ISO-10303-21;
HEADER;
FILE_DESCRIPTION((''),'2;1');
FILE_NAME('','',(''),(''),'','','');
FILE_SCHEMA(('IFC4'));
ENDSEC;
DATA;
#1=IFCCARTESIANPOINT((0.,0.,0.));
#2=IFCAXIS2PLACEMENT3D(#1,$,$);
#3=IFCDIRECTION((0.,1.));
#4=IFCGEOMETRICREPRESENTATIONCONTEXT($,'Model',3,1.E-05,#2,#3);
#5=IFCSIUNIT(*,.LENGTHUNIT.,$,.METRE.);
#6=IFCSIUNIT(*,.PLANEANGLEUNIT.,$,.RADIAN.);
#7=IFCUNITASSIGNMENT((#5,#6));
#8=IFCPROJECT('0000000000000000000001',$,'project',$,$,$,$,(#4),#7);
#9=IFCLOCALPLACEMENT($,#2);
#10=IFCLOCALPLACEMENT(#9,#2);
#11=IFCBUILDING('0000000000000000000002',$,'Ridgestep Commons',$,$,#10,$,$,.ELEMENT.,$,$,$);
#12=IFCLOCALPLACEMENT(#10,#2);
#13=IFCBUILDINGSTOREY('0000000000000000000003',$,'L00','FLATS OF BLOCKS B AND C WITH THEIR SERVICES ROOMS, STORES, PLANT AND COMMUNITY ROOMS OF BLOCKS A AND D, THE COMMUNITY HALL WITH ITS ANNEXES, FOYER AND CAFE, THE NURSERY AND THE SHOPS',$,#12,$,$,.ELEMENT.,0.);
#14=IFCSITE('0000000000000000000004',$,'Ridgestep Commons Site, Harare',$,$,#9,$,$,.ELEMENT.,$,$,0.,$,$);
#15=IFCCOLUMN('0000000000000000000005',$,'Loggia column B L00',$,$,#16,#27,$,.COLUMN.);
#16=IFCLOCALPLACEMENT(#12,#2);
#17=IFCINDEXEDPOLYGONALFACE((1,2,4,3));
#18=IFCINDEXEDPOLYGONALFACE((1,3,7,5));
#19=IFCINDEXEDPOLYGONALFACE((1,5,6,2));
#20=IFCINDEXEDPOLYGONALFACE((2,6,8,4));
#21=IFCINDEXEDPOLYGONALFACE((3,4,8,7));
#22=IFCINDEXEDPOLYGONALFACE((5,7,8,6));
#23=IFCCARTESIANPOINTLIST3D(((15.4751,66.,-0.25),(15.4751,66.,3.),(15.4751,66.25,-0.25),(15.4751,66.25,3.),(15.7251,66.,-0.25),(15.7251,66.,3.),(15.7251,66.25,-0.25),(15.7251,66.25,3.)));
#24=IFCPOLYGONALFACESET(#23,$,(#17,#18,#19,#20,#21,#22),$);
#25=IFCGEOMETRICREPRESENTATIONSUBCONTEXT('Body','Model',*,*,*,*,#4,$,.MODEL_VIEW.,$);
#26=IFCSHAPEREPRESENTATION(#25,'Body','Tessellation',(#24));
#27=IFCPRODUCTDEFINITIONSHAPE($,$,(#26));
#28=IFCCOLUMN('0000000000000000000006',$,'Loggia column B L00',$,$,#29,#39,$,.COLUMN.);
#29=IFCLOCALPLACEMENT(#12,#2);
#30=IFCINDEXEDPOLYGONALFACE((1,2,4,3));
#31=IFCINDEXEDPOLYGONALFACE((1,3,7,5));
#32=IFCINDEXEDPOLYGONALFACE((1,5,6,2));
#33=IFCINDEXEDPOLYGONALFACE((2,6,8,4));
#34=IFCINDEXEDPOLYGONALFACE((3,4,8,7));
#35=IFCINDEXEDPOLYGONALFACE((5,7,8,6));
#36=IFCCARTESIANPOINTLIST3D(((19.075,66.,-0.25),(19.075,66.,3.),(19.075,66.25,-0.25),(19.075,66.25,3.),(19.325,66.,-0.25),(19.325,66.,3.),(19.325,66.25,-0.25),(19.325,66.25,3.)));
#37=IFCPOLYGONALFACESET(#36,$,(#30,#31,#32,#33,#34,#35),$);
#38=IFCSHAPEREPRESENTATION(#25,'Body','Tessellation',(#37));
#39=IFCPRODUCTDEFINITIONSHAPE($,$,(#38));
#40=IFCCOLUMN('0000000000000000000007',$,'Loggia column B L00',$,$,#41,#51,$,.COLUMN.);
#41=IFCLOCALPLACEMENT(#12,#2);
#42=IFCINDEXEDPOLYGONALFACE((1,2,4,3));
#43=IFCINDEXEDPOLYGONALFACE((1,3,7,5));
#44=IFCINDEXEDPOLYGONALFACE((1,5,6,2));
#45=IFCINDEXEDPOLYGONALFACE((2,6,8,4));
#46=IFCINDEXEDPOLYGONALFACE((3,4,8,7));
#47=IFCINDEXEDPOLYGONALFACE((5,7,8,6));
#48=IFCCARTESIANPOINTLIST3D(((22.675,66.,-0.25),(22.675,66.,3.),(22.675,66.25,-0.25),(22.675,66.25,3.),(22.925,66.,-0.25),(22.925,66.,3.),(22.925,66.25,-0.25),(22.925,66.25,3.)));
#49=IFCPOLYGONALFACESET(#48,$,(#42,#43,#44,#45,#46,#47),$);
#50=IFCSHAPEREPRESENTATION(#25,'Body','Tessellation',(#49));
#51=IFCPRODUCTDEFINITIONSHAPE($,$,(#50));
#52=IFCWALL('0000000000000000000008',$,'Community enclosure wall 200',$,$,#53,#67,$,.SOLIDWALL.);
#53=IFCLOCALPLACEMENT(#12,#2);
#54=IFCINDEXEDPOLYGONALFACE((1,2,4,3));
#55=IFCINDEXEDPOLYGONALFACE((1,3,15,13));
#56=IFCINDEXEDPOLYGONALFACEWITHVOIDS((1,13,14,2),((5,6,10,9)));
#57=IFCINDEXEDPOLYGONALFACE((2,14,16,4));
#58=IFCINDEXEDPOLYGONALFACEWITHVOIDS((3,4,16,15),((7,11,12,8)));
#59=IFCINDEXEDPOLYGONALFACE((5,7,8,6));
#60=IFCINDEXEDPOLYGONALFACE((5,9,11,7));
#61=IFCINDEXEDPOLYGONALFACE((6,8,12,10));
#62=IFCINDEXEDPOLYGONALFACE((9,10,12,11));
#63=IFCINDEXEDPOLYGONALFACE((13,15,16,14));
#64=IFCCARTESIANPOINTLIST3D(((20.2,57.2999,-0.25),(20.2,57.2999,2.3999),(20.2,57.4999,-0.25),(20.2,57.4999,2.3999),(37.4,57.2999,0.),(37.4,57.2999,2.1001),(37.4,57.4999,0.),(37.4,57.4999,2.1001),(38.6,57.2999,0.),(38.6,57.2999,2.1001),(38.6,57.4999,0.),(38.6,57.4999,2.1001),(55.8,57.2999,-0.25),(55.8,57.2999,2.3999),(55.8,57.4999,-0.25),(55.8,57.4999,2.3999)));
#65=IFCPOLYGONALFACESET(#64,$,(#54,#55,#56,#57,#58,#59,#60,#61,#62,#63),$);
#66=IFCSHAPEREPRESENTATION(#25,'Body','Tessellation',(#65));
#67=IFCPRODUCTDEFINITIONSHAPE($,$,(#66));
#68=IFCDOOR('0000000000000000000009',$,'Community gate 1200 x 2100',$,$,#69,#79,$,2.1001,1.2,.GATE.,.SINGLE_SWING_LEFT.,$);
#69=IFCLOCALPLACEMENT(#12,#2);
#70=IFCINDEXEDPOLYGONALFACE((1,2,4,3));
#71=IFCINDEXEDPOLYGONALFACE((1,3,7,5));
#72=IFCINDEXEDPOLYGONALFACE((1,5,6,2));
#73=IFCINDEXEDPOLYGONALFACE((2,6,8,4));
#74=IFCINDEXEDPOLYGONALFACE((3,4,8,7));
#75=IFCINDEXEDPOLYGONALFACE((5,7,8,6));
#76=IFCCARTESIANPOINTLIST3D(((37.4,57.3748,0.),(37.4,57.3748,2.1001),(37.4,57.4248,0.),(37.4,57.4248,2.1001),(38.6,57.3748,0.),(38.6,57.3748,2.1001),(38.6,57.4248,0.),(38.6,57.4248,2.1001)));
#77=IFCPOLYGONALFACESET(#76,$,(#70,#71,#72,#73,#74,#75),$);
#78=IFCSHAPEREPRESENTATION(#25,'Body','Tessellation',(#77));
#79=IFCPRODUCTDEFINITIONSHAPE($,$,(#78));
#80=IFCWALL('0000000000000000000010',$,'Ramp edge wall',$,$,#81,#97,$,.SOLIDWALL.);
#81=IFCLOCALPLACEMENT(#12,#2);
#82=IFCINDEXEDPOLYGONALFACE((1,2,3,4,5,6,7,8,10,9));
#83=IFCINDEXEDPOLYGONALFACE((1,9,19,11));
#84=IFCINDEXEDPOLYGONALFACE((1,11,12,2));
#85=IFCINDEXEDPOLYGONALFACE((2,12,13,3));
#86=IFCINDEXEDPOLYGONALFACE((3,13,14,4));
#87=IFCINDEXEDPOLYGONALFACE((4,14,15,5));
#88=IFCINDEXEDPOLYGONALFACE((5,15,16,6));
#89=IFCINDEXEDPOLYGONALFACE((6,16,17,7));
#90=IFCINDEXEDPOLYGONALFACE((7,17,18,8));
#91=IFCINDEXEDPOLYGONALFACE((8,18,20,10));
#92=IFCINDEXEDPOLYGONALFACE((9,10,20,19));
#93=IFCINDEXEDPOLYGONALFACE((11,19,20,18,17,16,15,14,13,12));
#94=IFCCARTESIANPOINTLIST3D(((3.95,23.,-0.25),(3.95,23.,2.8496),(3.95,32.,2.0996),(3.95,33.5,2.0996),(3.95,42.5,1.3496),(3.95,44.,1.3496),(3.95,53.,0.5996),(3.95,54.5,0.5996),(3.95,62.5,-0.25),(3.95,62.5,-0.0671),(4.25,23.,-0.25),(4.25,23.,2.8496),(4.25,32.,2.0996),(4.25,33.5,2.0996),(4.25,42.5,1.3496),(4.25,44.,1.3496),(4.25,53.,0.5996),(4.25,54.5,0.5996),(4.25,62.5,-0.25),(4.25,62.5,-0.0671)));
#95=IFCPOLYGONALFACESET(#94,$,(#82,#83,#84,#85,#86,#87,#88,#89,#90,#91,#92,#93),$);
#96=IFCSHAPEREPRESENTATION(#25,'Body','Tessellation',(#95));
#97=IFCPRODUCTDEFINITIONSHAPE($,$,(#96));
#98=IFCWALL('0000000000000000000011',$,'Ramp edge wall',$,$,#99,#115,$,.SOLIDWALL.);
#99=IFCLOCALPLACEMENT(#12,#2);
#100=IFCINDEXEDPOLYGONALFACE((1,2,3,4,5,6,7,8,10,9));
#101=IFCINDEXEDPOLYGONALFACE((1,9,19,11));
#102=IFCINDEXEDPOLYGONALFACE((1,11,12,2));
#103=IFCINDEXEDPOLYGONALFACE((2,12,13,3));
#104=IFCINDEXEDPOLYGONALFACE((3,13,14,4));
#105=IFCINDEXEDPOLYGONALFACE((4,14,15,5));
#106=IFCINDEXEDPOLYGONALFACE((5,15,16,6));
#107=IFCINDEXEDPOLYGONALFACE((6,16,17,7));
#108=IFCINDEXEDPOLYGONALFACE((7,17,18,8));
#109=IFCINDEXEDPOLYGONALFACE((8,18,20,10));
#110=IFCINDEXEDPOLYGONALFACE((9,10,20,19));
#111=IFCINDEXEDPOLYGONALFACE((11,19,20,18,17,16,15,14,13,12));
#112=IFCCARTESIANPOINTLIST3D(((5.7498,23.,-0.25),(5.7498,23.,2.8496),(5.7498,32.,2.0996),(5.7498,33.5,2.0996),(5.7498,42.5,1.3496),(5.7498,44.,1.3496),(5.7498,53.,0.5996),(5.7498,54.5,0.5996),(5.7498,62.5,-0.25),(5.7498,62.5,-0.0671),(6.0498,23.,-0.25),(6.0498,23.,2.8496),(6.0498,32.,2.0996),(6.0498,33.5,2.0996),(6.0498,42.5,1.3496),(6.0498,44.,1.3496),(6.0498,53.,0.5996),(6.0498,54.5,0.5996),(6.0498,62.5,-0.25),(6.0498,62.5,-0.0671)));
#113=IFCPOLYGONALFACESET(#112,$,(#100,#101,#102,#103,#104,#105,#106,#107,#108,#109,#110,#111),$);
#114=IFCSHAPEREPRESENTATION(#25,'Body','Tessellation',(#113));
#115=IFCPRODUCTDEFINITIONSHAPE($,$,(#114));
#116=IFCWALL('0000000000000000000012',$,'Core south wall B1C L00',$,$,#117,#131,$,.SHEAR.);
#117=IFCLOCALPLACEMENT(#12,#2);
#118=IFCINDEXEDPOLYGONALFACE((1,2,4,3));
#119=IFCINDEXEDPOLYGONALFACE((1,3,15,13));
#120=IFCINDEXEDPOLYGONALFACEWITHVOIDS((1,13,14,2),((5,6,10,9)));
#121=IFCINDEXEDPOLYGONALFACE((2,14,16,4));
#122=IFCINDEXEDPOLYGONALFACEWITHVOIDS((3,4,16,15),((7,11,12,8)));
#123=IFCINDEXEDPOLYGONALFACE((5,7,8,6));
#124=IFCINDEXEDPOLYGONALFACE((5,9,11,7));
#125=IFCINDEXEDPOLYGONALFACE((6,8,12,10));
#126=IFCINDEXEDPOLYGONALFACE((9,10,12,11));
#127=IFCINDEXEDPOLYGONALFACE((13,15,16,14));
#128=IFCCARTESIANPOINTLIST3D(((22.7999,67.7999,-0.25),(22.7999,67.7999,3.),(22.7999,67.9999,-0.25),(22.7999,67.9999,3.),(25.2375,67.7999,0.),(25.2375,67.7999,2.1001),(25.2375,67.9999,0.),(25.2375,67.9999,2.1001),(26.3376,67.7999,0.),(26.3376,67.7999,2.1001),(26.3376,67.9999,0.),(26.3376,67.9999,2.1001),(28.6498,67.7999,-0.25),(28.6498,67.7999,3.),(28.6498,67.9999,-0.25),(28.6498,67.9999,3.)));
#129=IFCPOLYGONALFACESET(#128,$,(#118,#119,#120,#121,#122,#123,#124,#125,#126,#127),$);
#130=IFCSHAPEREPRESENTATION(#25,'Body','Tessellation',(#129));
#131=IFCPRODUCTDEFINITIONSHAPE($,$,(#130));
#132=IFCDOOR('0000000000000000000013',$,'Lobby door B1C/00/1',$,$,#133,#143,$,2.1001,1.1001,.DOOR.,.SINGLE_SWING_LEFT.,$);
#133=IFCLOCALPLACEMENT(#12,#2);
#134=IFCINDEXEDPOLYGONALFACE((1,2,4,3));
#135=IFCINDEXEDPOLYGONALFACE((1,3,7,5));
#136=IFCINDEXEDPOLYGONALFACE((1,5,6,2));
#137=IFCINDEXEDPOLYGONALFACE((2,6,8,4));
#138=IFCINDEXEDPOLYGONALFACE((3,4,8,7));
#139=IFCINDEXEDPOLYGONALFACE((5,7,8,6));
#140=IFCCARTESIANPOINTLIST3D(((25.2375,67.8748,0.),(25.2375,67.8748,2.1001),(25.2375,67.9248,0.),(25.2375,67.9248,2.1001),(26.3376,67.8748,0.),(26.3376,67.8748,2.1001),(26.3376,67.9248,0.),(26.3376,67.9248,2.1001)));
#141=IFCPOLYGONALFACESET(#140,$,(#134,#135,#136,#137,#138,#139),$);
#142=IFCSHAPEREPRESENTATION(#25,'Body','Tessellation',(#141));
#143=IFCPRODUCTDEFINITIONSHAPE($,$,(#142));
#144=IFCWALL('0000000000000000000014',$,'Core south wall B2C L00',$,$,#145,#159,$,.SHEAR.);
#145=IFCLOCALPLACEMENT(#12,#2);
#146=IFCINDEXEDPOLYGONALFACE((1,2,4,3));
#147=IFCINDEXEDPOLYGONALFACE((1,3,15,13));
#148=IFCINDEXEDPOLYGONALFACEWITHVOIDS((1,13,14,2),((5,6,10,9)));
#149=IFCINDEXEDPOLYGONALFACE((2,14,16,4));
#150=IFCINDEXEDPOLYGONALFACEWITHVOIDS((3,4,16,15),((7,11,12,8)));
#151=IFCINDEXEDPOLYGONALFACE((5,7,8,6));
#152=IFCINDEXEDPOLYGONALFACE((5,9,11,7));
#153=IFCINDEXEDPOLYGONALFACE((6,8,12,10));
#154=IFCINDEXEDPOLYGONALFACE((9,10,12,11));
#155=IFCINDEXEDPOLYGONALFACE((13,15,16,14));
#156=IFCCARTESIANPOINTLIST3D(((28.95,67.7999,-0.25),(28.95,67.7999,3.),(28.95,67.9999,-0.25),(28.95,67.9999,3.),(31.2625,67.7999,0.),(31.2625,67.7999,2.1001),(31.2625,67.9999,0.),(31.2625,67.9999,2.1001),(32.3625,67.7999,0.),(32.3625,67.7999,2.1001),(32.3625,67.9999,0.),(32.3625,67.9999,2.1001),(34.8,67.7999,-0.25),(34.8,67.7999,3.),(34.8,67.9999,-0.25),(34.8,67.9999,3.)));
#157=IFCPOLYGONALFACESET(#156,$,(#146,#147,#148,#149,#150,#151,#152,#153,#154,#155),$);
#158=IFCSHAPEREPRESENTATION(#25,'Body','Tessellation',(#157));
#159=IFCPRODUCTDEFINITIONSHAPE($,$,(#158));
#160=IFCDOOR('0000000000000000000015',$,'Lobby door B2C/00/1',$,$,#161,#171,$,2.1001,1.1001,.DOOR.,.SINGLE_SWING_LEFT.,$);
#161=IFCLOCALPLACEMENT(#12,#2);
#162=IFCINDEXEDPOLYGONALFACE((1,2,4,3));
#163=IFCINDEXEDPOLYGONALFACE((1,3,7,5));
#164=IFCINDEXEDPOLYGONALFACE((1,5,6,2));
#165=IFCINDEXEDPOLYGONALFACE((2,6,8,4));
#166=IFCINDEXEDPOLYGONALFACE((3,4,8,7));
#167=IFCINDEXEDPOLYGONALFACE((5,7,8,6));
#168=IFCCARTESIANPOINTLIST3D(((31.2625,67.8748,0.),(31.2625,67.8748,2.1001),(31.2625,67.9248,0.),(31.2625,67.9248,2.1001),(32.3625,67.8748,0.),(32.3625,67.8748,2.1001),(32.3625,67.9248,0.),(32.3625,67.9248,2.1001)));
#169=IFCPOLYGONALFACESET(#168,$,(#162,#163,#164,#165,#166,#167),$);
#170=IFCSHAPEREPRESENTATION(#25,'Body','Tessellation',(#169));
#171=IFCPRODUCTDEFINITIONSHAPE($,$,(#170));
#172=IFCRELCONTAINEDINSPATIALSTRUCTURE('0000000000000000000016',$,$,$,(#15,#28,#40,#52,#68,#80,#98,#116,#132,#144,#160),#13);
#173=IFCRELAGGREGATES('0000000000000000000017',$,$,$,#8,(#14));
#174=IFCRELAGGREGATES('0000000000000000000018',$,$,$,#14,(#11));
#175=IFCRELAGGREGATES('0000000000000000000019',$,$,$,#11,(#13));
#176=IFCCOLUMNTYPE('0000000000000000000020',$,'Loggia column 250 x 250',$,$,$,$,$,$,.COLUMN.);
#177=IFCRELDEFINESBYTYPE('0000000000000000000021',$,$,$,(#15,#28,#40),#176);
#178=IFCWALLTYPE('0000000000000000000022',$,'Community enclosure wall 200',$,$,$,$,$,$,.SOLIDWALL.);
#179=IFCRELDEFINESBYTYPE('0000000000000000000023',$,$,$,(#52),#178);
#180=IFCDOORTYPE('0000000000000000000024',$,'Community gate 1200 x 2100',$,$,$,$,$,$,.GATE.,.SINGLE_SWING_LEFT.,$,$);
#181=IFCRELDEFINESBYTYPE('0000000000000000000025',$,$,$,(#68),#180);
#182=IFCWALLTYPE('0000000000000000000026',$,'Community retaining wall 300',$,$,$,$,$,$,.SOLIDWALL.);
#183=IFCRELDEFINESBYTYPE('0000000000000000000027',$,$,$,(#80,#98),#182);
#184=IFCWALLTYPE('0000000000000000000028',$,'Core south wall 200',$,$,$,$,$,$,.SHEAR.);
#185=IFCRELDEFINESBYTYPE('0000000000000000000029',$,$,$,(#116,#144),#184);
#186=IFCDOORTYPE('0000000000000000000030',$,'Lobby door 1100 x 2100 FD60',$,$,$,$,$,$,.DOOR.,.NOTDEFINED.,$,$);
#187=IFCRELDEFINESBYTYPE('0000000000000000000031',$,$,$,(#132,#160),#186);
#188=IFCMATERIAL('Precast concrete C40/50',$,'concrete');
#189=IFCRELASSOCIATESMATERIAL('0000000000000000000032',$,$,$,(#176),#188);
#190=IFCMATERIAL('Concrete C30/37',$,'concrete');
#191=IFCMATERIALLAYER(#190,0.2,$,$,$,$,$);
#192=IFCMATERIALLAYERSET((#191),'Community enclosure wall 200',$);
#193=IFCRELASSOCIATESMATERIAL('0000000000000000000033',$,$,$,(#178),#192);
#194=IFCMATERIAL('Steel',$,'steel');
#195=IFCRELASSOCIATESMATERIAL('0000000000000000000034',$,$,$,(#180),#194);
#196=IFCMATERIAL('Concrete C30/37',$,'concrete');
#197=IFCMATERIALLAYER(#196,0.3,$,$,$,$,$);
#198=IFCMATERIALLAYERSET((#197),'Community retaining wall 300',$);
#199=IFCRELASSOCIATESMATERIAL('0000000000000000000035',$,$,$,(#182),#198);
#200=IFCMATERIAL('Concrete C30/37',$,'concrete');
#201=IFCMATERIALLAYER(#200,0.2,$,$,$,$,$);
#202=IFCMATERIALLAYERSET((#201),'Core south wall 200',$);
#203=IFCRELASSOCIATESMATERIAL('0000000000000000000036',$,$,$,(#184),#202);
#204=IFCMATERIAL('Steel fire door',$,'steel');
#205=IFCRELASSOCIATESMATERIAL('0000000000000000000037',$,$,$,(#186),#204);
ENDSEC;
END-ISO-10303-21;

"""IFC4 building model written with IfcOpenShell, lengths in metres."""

from ifc_helpers import new_model, si_unit, direction, frame, frame_2d, origin, origin_2d, place, context, subcontext, project, spatial, polyline, rectangle, outline, extrude, material, layer, layer_set, material_profile, profile_set, type_object, element, fill, save


model = new_model("IFC4")

# Units and contexts
model_context = context("Model", 3, precision=1e-05, world=origin(), true_north=direction((0.0, 1.0)))
body_context = subcontext(model_context, "Body", "Model", "MODEL_VIEW")
ifc_project = project(units=[si_unit("LENGTHUNIT", "METRE"), si_unit("PLANEANGLEUNIT", "RADIAN")], contexts=[model_context])

# Site, building, storey
site_placement = place(None, origin())
site = spatial("IfcSite", under=ifc_project, at=site_placement, Name="Ridgestep Commons Site, Harare", CompositionType="ELEMENT", RefElevation=0.0)
building_placement = place(site_placement, origin())
building = spatial("IfcBuilding", under=site, at=building_placement, Name="Ridgestep Commons", CompositionType="ELEMENT")
storey_placement = place(building_placement, origin())
storey = spatial("IfcBuildingStorey", under=building, at=storey_placement, Name="L00", Description="FLATS OF BLOCKS B AND C WITH THEIR SERVICES ROOMS, STORES, PLANT AND COMMUNITY ROOMS OF BLOCKS A AND D, THE COMMUNITY HALL WITH ITS ANNEXES, FOYER AND CAFE, THE NURSERY AND THE SHOPS", CompositionType="ELEMENT", Elevation=0.0)

# Columns
ifc_material_1 = material(Name="Precast concrete C40/50", Category="concrete")
ifc_material_profile = material_profile(ifc_material_1, rectangle(XDim=0.25, YDim=0.25, at=origin_2d()), Name="PC 250x250")
ifc_profile_set = profile_set([ifc_material_profile], Name="Precast concrete C40/50")
column_type = type_object("IfcColumnType", Name="Loggia column 250 x 250", PredefinedType="COLUMN", material=ifc_profile_set)
for number, where, z_axis, x_axis, name in (
    (1, (15.6001, 66.125, -0.25), (0.0, 0.0, 1.0), (1.0, 0.0, 0.0), "Loggia column B L00"),
    (2, (19.2, 66.125, -0.25), (0.0, 0.0, 1.0), (1.0, 0.0, 0.0), "Loggia column B L00"),
    (3, (22.8, 66.125, -0.25), (0.0, 0.0, 1.0), (1.0, 0.0, 0.0), "Loggia column B L00"),
):
    element("IfcColumn", number, at=place(storey_placement, frame(where, z_axis=z_axis, x_axis=x_axis)), inside=storey, type_object=column_type, Name=name, PredefinedType="COLUMN", context=body_context, shape_type="SweptSolid", body=[
        extrude(rectangle(XDim=0.25, YDim=0.25, at=origin_2d()), origin(), (0.0, 0.0, 1.0), 3.25),
    ])

# Wall, opening, door
ifc_material_2 = material(Name="Concrete C30/37", Category="concrete")
ifc_layer_1 = layer(ifc_material_2, 0.2)
ifc_layer_set_1 = layer_set([ifc_layer_1], Name="Community enclosure wall 200")
wall_type_1 = type_object("IfcWallType", Name="Community enclosure wall 200", PredefinedType="SOLIDWALL", material=ifc_layer_set_1)
wall_1_placement = place(storey_placement, frame((20.2, 57.3999, -0.25), z_axis=(0.0, 0.0, 1.0), x_axis=(1.0, 0.0, 0.0)))
wall_1 = element("IfcWall", 4, at=wall_1_placement, inside=storey, type_object=wall_type_1, Name="Community enclosure wall 200", PredefinedType="SOLIDWALL", context=body_context, shape_type="SweptSolid", body=[
    extrude(rectangle(XDim=35.6001, YDim=0.2, at=frame_2d((17.8, 0.0))), origin(), (0.0, 0.0, 1.0), 2.6499),
])
opening_1_placement = place(wall_1_placement, frame((17.2, 0.0, 0.25)))
opening_1 = element("IfcOpeningElement", 5, at=opening_1_placement, cuts=wall_1, PredefinedType="OPENING", context=body_context, shape_type="SweptSolid", body=[
    extrude(rectangle(XDim=1.2, YDim=2.1001, at=frame_2d((0.6001, 1.05))), frame((0.0, 0.1099, 0.0), z_axis=(0.0, -1.0, 0.0), x_axis=(1.0, 0.0, 0.0)), (0.0, 0.0, 1.0), 0.22),
])
ifc_material_3 = material(Name="Steel", Category="steel")
door_type_1 = type_object("IfcDoorType", Name="Community gate 1200 x 2100", OperationType="SINGLE_SWING_LEFT", PredefinedType="GATE", material=ifc_material_3)
door_1_placement = place(opening_1_placement, origin())
door_1 = element("IfcDoor", 6, at=door_1_placement, inside=storey, type_object=door_type_1, Name="Community gate 1200 x 2100", OperationType="SINGLE_SWING_LEFT", OverallHeight=2.1001, OverallWidth=1.2, PredefinedType="GATE", context=body_context, shape_type="SweptSolid", body=[
    extrude(rectangle(XDim=1.2, YDim=2.1001, at=frame_2d((0.6001, 1.05))), frame((0.0, 0.0249, 0.0), z_axis=(0.0, -1.0, 0.0), x_axis=(1.0, 0.0, 0.0)), (0.0, 0.0, 1.0), 0.05),
])
fill(opening_1, door_1)

# Walls
ifc_material_4 = material(Name="Concrete C30/37", Category="concrete")
ifc_layer_2 = layer(ifc_material_4, 0.3)
ifc_layer_set_2 = layer_set([ifc_layer_2], Name="Community retaining wall 300")
wall_type_2 = type_object("IfcWallType", Name="Community retaining wall 300", PredefinedType="SOLIDWALL", material=ifc_layer_set_2)
for number, where, z_axis, x_axis, name in (
    (7, (4.1001, 62.5, -0.25), (0.0, 0.0, 1.0), (0.0, -1.0, 0.0), "Ramp edge wall"),
    (8, (5.8999, 62.5, -0.25), (0.0, 0.0, 1.0), (0.0, -1.0, 0.0), "Ramp edge wall"),
):
    element("IfcWall", number, at=place(storey_placement, frame(where, z_axis=z_axis, x_axis=x_axis)), inside=storey, type_object=wall_type_2, Name=name, PredefinedType="SOLIDWALL", context=body_context, shape_type="SweptSolid", body=[
        extrude(outline(polyline([(0.0, 0.0), (39.5, 0.0), (39.5, 3.0996), (30.5, 2.3496), (29.0, 2.3496), (20.0, 1.5996), (18.5, 1.5996), (9.5, 0.8496), (8.0, 0.8496), (0.0, 0.1829), (0.0, 0.0)])), frame((0.0, 0.1499, 0.0), z_axis=(0.0, -1.0, 0.0), x_axis=(1.0, 0.0, 0.0)), (0.0, 0.0, 1.0), 0.3),
    ])

# Walls, openings, doors
ifc_material_5 = material(Name="Concrete C30/37", Category="concrete")
ifc_layer_3 = layer(ifc_material_5, 0.2)
ifc_layer_set_3 = layer_set([ifc_layer_3], Name="Core south wall 200")
wall_type_3 = type_object("IfcWallType", Name="Core south wall 200", PredefinedType="SHEAR", material=ifc_layer_set_3)
wall_2_placement = place(storey_placement, frame((22.8, 67.8999, -0.25), z_axis=(0.0, 0.0, 1.0), x_axis=(1.0, 0.0, 0.0)))
wall_2 = element("IfcWall", 9, at=wall_2_placement, inside=storey, type_object=wall_type_3, Name="Core south wall B1C L00", PredefinedType="SHEAR", context=body_context, shape_type="SweptSolid", body=[
    extrude(rectangle(XDim=5.8499, YDim=0.2, at=frame_2d((2.9248, 0.0))), origin(), (0.0, 0.0, 1.0), 3.25),
])
opening_2_placement = place(wall_2_placement, frame((2.4375, 0.0, 0.25)))
opening_2 = element("IfcOpeningElement", 10, at=opening_2_placement, cuts=wall_2, PredefinedType="OPENING", context=body_context, shape_type="SweptSolid", body=[
    extrude(rectangle(XDim=1.1001, YDim=2.1001, at=frame_2d((0.55, 1.05))), frame((0.0, 0.1099, 0.0), z_axis=(0.0, -1.0, 0.0), x_axis=(1.0, 0.0, 0.0)), (0.0, 0.0, 1.0), 0.22),
])
ifc_material_6 = material(Name="Steel fire door", Category="steel")
door_type_2 = type_object("IfcDoorType", Name="Lobby door 1100 x 2100 FD60", OperationType="NOTDEFINED", PredefinedType="DOOR", material=ifc_material_6)
door_2_placement = place(opening_2_placement, origin())
door_2 = element("IfcDoor", 11, at=door_2_placement, inside=storey, type_object=door_type_2, Name="Lobby door B1C/00/1", OperationType="SINGLE_SWING_LEFT", OverallHeight=2.1001, OverallWidth=1.1001, PredefinedType="DOOR", context=body_context, shape_type="SweptSolid", body=[
    extrude(rectangle(XDim=1.1001, YDim=2.1001, at=frame_2d((0.55, 1.05))), frame((0.0, 0.0249, 0.0), z_axis=(0.0, -1.0, 0.0), x_axis=(1.0, 0.0, 0.0)), (0.0, 0.0, 1.0), 0.05),
])
fill(opening_2, door_2)
wall_3_placement = place(storey_placement, frame((28.95, 67.8999, -0.25), z_axis=(0.0, 0.0, 1.0), x_axis=(1.0, 0.0, 0.0)))
wall_3 = element("IfcWall", 12, at=wall_3_placement, inside=storey, type_object=wall_type_3, Name="Core south wall B2C L00", PredefinedType="SHEAR", context=body_context, shape_type="SweptSolid", body=[
    extrude(rectangle(XDim=5.8501, YDim=0.2, at=frame_2d((2.925, 0.0))), origin(), (0.0, 0.0, 1.0), 3.25),
])
opening_3_placement = place(wall_3_placement, frame((2.3125, 0.0, 0.25)))
opening_3 = element("IfcOpeningElement", 13, at=opening_3_placement, cuts=wall_3, PredefinedType="OPENING", context=body_context, shape_type="SweptSolid", body=[
    extrude(rectangle(XDim=1.1001, YDim=2.1001, at=frame_2d((0.55, 1.05))), frame((0.0, 0.1099, 0.0), z_axis=(0.0, -1.0, 0.0), x_axis=(1.0, 0.0, 0.0)), (0.0, 0.0, 1.0), 0.22),
])
door_3_placement = place(opening_3_placement, origin())
door_3 = element("IfcDoor", 14, at=door_3_placement, inside=storey, type_object=door_type_2, Name="Lobby door B2C/00/1", OperationType="SINGLE_SWING_LEFT", OverallHeight=2.1001, OverallWidth=1.1001, PredefinedType="DOOR", context=body_context, shape_type="SweptSolid", body=[
    extrude(rectangle(XDim=1.1001, YDim=2.1001, at=frame_2d((0.55, 1.05))), frame((0.0, 0.0249, 0.0), z_axis=(0.0, -1.0, 0.0), x_axis=(1.0, 0.0, 0.0)), (0.0, 0.0, 1.0), 0.05),
])
fill(opening_3, door_3)

save(model, "model.ifc")
